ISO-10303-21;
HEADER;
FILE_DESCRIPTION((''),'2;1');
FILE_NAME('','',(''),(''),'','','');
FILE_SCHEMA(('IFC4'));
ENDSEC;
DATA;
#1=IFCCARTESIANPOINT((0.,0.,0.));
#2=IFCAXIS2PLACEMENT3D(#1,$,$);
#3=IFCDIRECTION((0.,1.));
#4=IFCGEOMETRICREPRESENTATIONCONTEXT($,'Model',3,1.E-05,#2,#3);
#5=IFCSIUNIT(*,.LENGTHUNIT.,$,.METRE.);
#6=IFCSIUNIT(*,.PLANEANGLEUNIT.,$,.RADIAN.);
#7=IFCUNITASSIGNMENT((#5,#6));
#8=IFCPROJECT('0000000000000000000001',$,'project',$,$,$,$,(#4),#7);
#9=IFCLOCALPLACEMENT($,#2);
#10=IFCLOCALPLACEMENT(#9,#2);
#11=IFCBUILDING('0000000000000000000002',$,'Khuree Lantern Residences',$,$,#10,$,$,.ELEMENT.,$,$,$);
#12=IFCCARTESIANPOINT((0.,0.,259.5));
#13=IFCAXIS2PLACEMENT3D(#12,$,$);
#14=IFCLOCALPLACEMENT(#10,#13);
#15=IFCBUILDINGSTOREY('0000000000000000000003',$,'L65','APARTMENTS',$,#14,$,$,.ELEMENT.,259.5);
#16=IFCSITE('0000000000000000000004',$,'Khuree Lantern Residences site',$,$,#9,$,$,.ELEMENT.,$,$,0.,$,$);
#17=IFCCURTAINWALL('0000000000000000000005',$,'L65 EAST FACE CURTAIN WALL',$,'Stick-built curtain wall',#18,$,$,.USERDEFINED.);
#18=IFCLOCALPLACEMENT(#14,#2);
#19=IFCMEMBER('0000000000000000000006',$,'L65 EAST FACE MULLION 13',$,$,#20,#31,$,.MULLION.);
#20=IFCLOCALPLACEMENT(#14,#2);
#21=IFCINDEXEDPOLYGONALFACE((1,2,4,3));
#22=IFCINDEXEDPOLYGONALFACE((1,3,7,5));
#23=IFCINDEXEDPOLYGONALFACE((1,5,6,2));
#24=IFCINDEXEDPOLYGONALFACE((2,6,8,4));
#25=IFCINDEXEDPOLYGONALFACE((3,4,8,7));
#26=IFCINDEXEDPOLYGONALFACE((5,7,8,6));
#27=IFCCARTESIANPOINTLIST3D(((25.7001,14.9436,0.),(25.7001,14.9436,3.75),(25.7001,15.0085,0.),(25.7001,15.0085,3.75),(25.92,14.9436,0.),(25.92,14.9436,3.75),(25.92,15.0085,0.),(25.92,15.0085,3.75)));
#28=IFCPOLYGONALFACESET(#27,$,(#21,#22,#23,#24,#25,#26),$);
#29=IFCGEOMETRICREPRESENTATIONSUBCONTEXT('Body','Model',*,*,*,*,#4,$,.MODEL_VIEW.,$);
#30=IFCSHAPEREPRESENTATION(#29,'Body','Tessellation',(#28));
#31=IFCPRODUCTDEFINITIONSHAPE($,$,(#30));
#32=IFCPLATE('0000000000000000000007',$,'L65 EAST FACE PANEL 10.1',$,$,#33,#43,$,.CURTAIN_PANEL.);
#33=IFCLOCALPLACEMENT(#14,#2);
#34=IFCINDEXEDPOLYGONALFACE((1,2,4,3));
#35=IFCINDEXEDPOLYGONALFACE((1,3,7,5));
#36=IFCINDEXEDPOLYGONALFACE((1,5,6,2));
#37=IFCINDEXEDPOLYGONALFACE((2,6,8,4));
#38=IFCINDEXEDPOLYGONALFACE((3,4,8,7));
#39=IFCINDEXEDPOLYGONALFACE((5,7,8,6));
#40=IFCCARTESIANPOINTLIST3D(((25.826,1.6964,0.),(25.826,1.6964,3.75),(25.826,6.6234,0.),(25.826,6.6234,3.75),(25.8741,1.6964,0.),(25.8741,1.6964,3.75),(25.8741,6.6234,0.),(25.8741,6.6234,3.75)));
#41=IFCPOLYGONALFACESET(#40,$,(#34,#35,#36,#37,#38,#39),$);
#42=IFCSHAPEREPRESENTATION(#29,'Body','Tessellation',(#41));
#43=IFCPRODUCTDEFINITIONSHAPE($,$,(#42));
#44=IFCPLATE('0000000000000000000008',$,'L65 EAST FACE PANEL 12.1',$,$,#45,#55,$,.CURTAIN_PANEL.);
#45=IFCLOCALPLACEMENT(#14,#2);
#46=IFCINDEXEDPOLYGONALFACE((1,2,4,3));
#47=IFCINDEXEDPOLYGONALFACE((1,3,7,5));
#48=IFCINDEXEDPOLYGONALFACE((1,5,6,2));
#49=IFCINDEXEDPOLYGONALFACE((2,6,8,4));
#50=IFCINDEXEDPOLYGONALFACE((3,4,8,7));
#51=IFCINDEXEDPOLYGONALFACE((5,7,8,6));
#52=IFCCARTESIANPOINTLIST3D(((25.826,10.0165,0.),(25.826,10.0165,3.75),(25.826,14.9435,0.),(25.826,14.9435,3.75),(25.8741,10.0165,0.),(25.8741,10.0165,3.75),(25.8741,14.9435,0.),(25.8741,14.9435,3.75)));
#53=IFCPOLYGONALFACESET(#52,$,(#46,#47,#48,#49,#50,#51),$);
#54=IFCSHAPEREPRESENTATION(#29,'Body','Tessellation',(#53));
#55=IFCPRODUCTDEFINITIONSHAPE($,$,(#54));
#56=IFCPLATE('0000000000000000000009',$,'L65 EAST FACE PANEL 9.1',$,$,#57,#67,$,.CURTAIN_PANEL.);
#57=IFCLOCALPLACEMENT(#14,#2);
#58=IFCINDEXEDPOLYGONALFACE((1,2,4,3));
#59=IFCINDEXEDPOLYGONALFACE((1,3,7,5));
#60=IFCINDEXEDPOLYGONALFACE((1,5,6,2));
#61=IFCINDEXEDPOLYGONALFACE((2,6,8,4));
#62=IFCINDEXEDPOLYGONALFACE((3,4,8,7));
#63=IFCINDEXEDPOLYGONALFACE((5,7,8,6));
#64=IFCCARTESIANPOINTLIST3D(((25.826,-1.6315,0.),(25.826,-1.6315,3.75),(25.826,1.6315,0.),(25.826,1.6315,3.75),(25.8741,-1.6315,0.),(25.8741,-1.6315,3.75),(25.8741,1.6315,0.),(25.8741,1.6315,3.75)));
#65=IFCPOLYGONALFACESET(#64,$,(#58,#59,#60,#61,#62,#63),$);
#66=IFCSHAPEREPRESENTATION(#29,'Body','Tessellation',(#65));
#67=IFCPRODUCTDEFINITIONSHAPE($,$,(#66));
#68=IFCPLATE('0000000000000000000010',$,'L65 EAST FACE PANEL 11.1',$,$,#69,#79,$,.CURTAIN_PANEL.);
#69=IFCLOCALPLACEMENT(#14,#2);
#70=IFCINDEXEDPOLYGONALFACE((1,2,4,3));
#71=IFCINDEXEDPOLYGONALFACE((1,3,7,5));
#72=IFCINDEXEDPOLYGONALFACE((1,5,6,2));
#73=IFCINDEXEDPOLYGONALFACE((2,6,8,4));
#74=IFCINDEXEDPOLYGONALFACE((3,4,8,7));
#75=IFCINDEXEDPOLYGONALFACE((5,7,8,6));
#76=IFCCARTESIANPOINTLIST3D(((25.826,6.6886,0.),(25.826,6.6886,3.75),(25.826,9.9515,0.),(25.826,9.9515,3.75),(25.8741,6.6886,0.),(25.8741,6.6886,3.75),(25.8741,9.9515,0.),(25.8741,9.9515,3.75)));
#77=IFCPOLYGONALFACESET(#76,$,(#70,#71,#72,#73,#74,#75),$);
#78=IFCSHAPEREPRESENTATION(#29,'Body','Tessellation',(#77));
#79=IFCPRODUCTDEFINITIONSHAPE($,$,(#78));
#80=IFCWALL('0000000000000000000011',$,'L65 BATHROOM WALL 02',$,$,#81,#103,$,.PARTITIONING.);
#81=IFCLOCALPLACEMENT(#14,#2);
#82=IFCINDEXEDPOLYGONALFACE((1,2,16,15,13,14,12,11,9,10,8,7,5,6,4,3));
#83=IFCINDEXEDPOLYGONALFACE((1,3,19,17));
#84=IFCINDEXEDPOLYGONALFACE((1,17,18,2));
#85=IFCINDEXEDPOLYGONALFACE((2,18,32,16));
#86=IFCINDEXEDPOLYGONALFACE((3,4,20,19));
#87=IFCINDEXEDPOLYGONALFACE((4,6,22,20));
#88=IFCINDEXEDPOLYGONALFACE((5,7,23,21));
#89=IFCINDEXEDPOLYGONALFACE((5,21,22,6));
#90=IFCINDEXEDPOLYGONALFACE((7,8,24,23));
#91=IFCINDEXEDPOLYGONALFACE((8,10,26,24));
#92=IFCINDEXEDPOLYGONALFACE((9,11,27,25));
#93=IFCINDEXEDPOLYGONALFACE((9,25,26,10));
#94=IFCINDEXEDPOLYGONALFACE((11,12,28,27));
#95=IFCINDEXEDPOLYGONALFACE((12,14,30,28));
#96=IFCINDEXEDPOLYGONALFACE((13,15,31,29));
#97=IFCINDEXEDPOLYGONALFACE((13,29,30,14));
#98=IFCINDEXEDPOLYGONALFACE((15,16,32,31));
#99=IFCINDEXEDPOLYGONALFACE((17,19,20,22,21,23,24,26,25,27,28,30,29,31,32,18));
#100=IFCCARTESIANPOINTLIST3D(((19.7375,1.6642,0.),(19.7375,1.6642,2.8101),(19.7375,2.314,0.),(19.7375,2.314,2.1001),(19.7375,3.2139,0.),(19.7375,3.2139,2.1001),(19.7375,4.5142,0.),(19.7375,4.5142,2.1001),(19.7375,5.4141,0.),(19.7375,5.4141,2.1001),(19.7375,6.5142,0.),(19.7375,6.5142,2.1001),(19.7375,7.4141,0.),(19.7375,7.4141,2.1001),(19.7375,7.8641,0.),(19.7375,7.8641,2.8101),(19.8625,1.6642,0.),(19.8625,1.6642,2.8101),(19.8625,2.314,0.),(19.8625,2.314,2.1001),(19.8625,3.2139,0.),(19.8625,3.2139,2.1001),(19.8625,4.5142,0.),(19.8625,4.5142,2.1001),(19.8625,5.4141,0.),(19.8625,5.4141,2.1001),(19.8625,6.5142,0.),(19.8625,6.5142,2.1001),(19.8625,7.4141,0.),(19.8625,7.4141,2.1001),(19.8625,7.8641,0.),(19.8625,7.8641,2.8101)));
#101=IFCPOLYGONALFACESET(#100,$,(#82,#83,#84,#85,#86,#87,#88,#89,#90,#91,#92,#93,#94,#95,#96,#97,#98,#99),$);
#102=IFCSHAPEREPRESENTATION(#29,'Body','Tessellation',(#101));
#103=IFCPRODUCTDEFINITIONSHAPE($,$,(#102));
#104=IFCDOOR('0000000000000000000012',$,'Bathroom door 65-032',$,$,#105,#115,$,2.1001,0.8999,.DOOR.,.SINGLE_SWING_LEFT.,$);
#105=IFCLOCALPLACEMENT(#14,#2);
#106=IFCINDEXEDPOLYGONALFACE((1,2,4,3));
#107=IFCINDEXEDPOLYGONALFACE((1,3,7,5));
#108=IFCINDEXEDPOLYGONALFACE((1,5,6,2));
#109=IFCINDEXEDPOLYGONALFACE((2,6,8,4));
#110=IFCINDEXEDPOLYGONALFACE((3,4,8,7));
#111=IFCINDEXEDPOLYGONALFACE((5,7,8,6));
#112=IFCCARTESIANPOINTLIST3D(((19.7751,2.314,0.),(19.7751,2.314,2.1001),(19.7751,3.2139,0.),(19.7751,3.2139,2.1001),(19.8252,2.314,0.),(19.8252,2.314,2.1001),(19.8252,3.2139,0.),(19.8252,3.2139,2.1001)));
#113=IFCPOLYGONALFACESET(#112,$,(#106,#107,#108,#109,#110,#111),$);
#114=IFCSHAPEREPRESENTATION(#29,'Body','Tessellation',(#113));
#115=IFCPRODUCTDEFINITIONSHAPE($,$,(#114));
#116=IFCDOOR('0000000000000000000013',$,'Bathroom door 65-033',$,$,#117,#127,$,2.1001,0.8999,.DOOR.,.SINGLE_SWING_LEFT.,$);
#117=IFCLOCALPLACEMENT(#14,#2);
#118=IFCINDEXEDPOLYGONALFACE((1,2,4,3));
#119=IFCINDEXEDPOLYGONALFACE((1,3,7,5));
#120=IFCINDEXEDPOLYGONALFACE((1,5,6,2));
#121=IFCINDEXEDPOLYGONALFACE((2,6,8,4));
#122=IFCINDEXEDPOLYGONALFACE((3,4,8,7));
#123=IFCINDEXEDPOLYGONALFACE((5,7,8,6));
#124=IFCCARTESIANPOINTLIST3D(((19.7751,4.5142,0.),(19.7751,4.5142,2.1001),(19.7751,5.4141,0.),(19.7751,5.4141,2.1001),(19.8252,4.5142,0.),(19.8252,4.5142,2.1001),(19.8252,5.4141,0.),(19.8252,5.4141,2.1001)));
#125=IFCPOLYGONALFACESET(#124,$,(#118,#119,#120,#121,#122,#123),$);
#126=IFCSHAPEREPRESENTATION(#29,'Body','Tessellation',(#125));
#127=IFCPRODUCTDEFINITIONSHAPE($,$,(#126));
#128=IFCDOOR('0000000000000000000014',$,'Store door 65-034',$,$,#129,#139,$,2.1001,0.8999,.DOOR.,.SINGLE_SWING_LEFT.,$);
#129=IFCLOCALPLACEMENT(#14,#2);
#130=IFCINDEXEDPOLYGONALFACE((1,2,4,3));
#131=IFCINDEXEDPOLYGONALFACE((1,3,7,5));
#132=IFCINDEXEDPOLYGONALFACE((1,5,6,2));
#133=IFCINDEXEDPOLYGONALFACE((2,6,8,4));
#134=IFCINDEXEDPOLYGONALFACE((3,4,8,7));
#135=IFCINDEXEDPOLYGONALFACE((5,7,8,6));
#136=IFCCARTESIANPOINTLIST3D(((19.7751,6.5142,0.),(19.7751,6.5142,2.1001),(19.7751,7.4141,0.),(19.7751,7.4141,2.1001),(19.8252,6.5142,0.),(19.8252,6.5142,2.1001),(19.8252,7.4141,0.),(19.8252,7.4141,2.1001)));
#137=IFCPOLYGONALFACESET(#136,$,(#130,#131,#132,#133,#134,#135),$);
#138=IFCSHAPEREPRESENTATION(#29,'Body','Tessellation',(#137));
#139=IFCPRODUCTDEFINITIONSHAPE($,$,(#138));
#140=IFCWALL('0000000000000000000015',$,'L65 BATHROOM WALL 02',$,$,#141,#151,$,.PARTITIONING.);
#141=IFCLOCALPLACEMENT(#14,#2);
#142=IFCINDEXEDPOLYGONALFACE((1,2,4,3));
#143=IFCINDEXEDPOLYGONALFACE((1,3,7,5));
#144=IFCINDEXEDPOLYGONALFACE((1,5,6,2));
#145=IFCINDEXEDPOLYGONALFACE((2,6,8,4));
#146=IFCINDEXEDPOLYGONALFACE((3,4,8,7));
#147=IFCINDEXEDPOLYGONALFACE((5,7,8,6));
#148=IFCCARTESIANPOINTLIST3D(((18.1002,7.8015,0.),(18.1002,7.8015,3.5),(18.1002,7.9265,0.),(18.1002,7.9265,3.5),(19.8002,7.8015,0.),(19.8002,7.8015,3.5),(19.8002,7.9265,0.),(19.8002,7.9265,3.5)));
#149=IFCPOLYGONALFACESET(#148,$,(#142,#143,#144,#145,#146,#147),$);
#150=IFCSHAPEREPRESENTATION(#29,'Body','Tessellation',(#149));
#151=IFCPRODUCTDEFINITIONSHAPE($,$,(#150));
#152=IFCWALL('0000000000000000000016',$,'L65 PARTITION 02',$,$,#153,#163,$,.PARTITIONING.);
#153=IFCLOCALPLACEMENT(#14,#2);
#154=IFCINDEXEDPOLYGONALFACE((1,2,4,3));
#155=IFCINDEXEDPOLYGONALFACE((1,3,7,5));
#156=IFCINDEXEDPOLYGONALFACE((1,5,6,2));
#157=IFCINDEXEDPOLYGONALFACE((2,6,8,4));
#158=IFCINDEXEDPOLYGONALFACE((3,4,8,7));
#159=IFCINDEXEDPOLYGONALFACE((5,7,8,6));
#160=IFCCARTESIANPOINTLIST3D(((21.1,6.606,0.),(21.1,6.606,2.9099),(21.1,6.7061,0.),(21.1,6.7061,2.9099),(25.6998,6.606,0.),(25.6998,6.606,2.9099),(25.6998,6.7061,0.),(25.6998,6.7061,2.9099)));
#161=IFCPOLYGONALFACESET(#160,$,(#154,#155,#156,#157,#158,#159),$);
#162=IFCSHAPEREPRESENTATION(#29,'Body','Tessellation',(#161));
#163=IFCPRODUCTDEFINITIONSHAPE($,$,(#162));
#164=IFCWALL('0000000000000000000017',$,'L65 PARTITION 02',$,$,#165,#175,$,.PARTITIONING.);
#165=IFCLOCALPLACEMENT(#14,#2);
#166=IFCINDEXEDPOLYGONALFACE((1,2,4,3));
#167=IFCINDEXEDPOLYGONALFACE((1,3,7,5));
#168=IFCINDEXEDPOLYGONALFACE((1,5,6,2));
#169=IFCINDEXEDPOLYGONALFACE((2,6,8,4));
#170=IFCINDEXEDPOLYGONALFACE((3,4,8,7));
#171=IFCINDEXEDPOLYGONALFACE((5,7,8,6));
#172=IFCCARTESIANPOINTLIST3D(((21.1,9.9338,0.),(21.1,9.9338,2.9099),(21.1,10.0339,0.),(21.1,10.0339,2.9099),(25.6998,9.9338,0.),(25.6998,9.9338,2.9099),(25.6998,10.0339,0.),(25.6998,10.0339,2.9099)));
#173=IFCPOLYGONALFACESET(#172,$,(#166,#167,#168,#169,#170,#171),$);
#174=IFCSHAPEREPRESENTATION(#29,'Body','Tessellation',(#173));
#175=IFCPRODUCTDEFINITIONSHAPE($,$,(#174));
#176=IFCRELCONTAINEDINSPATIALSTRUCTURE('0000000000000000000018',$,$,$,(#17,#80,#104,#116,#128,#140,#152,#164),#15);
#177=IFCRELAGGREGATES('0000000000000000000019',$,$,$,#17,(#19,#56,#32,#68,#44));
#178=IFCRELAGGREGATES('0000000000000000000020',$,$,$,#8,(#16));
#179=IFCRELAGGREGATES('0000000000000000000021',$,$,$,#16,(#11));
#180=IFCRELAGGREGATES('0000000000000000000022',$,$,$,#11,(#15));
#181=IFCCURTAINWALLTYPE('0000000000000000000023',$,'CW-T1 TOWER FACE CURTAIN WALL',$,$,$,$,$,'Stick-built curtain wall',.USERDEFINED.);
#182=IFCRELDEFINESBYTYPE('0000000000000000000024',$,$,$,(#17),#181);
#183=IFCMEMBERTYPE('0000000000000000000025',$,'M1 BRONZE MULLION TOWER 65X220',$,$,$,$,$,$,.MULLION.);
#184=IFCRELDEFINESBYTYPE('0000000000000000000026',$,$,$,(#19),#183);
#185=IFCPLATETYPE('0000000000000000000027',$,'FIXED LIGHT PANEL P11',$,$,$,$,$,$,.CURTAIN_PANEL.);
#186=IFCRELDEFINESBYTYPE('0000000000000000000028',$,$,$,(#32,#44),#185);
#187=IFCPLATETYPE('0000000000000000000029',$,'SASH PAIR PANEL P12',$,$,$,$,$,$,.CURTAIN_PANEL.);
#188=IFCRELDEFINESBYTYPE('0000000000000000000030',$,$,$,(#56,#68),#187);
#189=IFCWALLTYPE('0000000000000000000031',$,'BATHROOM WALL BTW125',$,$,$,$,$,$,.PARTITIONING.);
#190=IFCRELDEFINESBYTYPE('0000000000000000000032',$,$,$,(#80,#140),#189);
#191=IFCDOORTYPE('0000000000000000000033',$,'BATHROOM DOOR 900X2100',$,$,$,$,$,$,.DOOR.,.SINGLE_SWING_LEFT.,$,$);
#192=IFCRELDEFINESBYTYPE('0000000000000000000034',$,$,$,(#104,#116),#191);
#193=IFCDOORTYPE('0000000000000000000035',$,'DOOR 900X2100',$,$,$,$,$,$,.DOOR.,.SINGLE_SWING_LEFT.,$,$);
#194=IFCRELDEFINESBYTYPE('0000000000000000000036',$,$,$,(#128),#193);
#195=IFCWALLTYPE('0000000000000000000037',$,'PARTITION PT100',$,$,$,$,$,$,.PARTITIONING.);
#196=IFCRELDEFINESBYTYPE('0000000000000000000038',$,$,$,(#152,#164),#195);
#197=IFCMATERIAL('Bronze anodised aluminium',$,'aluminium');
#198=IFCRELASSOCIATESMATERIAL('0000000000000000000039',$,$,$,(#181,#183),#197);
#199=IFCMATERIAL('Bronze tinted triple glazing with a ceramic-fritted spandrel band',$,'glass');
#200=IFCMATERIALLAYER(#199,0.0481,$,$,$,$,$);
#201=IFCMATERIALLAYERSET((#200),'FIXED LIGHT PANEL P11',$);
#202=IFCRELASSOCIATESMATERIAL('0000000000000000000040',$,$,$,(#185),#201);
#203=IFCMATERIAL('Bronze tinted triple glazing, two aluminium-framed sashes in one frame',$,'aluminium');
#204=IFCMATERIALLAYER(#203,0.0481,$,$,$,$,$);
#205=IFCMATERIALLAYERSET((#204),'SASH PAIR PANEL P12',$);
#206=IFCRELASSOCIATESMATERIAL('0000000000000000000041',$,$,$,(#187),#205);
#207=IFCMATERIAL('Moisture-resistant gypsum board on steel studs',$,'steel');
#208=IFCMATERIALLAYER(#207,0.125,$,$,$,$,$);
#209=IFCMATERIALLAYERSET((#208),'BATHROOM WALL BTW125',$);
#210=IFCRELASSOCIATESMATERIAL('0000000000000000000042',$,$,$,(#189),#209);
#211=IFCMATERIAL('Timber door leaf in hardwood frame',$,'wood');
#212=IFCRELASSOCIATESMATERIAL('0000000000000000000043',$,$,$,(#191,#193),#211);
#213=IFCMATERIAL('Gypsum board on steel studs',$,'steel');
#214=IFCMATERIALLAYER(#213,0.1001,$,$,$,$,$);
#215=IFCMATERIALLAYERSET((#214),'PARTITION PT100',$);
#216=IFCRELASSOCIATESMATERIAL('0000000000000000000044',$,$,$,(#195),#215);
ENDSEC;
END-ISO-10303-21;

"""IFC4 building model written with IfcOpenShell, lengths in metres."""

from ifc_helpers import new_model, si_unit, direction, frame, frame_2d, origin, origin_2d, place, context, subcontext, project, spatial, rectangle, extrude, material, layer, layer_set, material_profile, profile_set, type_object, element, fill, aggregate, save


model = new_model("IFC4")

# Units and contexts
model_context = context("Model", 3, precision=1e-05, world=origin(), true_north=direction((0.0, 1.0)))
body_context = subcontext(model_context, "Body", "Model", "MODEL_VIEW")
ifc_project = project(units=[si_unit("LENGTHUNIT", "METRE"), si_unit("PLANEANGLEUNIT", "RADIAN")], contexts=[model_context])

# Site, building, storey
site_placement = place(None, origin())
site = spatial("IfcSite", under=ifc_project, at=site_placement, Name="Khuree Lantern Residences site", CompositionType="ELEMENT", RefElevation=0.0)
building_placement = place(site_placement, origin())
building = spatial("IfcBuilding", under=site, at=building_placement, Name="Khuree Lantern Residences", CompositionType="ELEMENT")
storey_placement = place(building_placement, frame((0.0, 0.0, 259.5)))
storey = spatial("IfcBuildingStorey", under=building, at=storey_placement, Name="L65", Description="APARTMENTS", CompositionType="ELEMENT", Elevation=259.5)

# Curtain wall
ifc_material_1 = material(Name="Bronze anodised aluminium", Category="aluminium")
curtain_wall_type = type_object("IfcCurtainWallType", Name="CW-T1 TOWER FACE CURTAIN WALL", ElementType="Stick-built curtain wall", PredefinedType="USERDEFINED", material=ifc_material_1)
curtain_wall_placement = place(storey_placement, origin())
curtain_wall = element("IfcCurtainWall", 1, at=curtain_wall_placement, inside=storey, type_object=curtain_wall_type, Name="L65 EAST FACE CURTAIN WALL", ObjectType="Stick-built curtain wall", PredefinedType="USERDEFINED")

# Member
ifc_material_profile_1 = material_profile(ifc_material_1, rectangle(XDim=0.0649, YDim=0.22, at=origin_2d()), Name="M1 65X220")
ifc_profile_set_1 = profile_set([ifc_material_profile_1], Name="Bronze anodised aluminium")
member_type_1 = type_object("IfcMemberType", Name="M1 BRONZE MULLION TOWER 65X220", PredefinedType="MULLION", material=ifc_profile_set_1)
member_1_placement = place(storey_placement, frame((25.8101, 14.9761, 0.0), z_axis=(0.0, 0.0, 1.0), x_axis=(0.0, 1.0, 0.0)))
member_1 = element("IfcMember", 2, at=member_1_placement, type_object=member_type_1, Name="L65 EAST FACE MULLION 13", PredefinedType="MULLION", context=body_context, shape_type="SweptSolid", body=[
    extrude(rectangle(XDim=0.0649, YDim=0.22, at=origin_2d()), origin(), (0.0, 0.0, 1.0), 3.75),
])

# Plates
ifc_material_2 = material(Name="Bronze tinted triple glazing with a ceramic-fritted spandrel band", Category="glass")
ifc_layer_1 = layer(ifc_material_2, 0.0481)
ifc_layer_set_1 = layer_set([ifc_layer_1], Name="FIXED LIGHT PANEL P11")
plate_type_1 = type_object("IfcPlateType", Name="FIXED LIGHT PANEL P11", PredefinedType="CURTAIN_PANEL", material=ifc_layer_set_1)
plate_1_placement = place(storey_placement, frame((25.8501, 4.1599, 0.0), z_axis=(0.0, 0.0, 1.0), x_axis=(0.0, 1.0, 0.0)))
plate_1 = element("IfcPlate", 3, at=plate_1_placement, type_object=plate_type_1, Name="L65 EAST FACE PANEL 10.1", PredefinedType="CURTAIN_PANEL", context=body_context, shape_type="SweptSolid", body=[
    extrude(rectangle(XDim=4.927, YDim=0.0481, at=origin_2d()), origin(), (0.0, 0.0, 1.0), 3.75),
])
plate_2_placement = place(storey_placement, frame((25.8501, 12.48, 0.0), z_axis=(0.0, 0.0, 1.0), x_axis=(0.0, 1.0, 0.0)))
plate_2 = element("IfcPlate", 4, at=plate_2_placement, type_object=plate_type_1, Name="L65 EAST FACE PANEL 12.1", PredefinedType="CURTAIN_PANEL", context=body_context, shape_type="SweptSolid", body=[
    extrude(rectangle(XDim=4.927, YDim=0.0481, at=origin_2d()), origin(), (0.0, 0.0, 1.0), 3.75),
])
ifc_material_3 = material(Name="Bronze tinted triple glazing, two aluminium-framed sashes in one frame", Category="aluminium")
ifc_layer_2 = layer(ifc_material_3, 0.0481)
ifc_layer_set_2 = layer_set([ifc_layer_2], Name="SASH PAIR PANEL P12")
plate_type_2 = type_object("IfcPlateType", Name="SASH PAIR PANEL P12", PredefinedType="CURTAIN_PANEL", material=ifc_layer_set_2)
plate_3_placement = place(storey_placement, frame((25.8501, 0.0, 0.0), z_axis=(0.0, 0.0, 1.0), x_axis=(0.0, 1.0, 0.0)))
plate_3 = element("IfcPlate", 5, at=plate_3_placement, type_object=plate_type_2, Name="L65 EAST FACE PANEL 9.1", PredefinedType="CURTAIN_PANEL", context=body_context, shape_type="SweptSolid", body=[
    extrude(rectangle(XDim=3.2629, YDim=0.0481, at=origin_2d()), origin(), (0.0, 0.0, 1.0), 3.75),
])
plate_4_placement = place(storey_placement, frame((25.8501, 8.3201, 0.0), z_axis=(0.0, 0.0, 1.0), x_axis=(0.0, 1.0, 0.0)))
plate_4 = element("IfcPlate", 6, at=plate_4_placement, type_object=plate_type_2, Name="L65 EAST FACE PANEL 11.1", PredefinedType="CURTAIN_PANEL", context=body_context, shape_type="SweptSolid", body=[
    extrude(rectangle(XDim=3.2629, YDim=0.0481, at=origin_2d()), origin(), (0.0, 0.0, 1.0), 3.75),
])
aggregate(curtain_wall, [member_1, plate_3, plate_1, plate_4, plate_2])

# Wall, openings, doors
ifc_material_4 = material(Name="Moisture-resistant gypsum board on steel studs", Category="steel")
ifc_layer_3 = layer(ifc_material_4, 0.125)
ifc_layer_set_3 = layer_set([ifc_layer_3], Name="BATHROOM WALL BTW125")
wall_type_1 = type_object("IfcWallType", Name="BATHROOM WALL BTW125", PredefinedType="PARTITIONING", material=ifc_layer_set_3)
wall_1_placement = place(storey_placement, frame((19.8, 1.6641, 0.0), z_axis=(0.0, 0.0, 1.0), x_axis=(0.0, 1.0, 0.0)))
wall_1 = element("IfcWall", 7, at=wall_1_placement, inside=storey, type_object=wall_type_1, Name="L65 BATHROOM WALL 02", PredefinedType="PARTITIONING", context=body_context, shape_type="SweptSolid", body=[
    extrude(rectangle(XDim=6.2, YDim=0.125, at=frame_2d((3.1001, 0.0))), origin(), (0.0, 0.0, 1.0), 2.8101),
])
opening_1_placement = place(wall_1_placement, frame((0.6499, 0.0, 0.0)))
opening_1 = element("IfcOpeningElement", 8, at=opening_1_placement, cuts=wall_1, PredefinedType="OPENING", context=body_context, shape_type="SweptSolid", body=[
    extrude(rectangle(XDim=0.8999, YDim=2.1001, at=frame_2d((0.45, 1.05))), frame((0.0, 0.0725, 0.0), z_axis=(0.0, -1.0, 0.0), x_axis=(1.0, 0.0, 0.0)), (0.0, 0.0, 1.0), 0.145),
])
opening_2_placement = place(wall_1_placement, frame((2.8501, 0.0, 0.0)))
opening_2 = element("IfcOpeningElement", 9, at=opening_2_placement, cuts=wall_1, PredefinedType="OPENING", context=body_context, shape_type="SweptSolid", body=[
    extrude(rectangle(XDim=0.8999, YDim=2.1001, at=frame_2d((0.45, 1.05))), frame((0.0, 0.0725, 0.0), z_axis=(0.0, -1.0, 0.0), x_axis=(1.0, 0.0, 0.0)), (0.0, 0.0, 1.0), 0.145),
])
opening_3_placement = place(wall_1_placement, frame((4.8501, 0.0, 0.0)))
opening_3 = element("IfcOpeningElement", 10, at=opening_3_placement, cuts=wall_1, PredefinedType="OPENING", context=body_context, shape_type="SweptSolid", body=[
    extrude(rectangle(XDim=0.8999, YDim=2.1001, at=frame_2d((0.45, 1.05))), frame((0.0, 0.0725, 0.0), z_axis=(0.0, -1.0, 0.0), x_axis=(1.0, 0.0, 0.0)), (0.0, 0.0, 1.0), 0.145),
])
ifc_material_5 = material(Name="Timber door leaf in hardwood frame", Category="wood")
door_type_1 = type_object("IfcDoorType", Name="BATHROOM DOOR 900X2100", OperationType="SINGLE_SWING_LEFT", PredefinedType="DOOR", material=ifc_material_5)
door_1_placement = place(opening_1_placement, origin())
door_1 = element("IfcDoor", 11, at=door_1_placement, inside=storey, type_object=door_type_1, Name="Bathroom door 65-032", OperationType="SINGLE_SWING_LEFT", OverallHeight=2.1001, OverallWidth=0.8999, PredefinedType="DOOR", context=body_context, shape_type="SweptSolid", body=[
    extrude(rectangle(XDim=0.8999, YDim=2.1001, at=frame_2d((0.45, 1.05))), frame((0.0, 0.0249, 0.0), z_axis=(0.0, -1.0, 0.0), x_axis=(1.0, 0.0, 0.0)), (0.0, 0.0, 1.0), 0.05),
])
fill(opening_1, door_1)
door_2_placement = place(opening_2_placement, origin())
door_2 = element("IfcDoor", 12, at=door_2_placement, inside=storey, type_object=door_type_1, Name="Bathroom door 65-033", OperationType="SINGLE_SWING_LEFT", OverallHeight=2.1001, OverallWidth=0.8999, PredefinedType="DOOR", context=body_context, shape_type="SweptSolid", body=[
    extrude(rectangle(XDim=0.8999, YDim=2.1001, at=frame_2d((0.45, 1.05))), frame((0.0, 0.0249, 0.0), z_axis=(0.0, -1.0, 0.0), x_axis=(1.0, 0.0, 0.0)), (0.0, 0.0, 1.0), 0.05),
])
fill(opening_2, door_2)
door_type_2 = type_object("IfcDoorType", Name="DOOR 900X2100", OperationType="SINGLE_SWING_LEFT", PredefinedType="DOOR", material=ifc_material_5)
door_3_placement = place(opening_3_placement, origin())
door_3 = element("IfcDoor", 13, at=door_3_placement, inside=storey, type_object=door_type_2, Name="Store door 65-034", OperationType="SINGLE_SWING_LEFT", OverallHeight=2.1001, OverallWidth=0.8999, PredefinedType="DOOR", context=body_context, shape_type="SweptSolid", body=[
    extrude(rectangle(XDim=0.8999, YDim=2.1001, at=frame_2d((0.45, 1.05))), frame((0.0, 0.0249, 0.0), z_axis=(0.0, -1.0, 0.0), x_axis=(1.0, 0.0, 0.0)), (0.0, 0.0, 1.0), 0.05),
])
fill(opening_3, door_3)

# Walls
wall_2_placement = place(storey_placement, frame((18.1001, 7.864, 0.0), z_axis=(0.0, 0.0, 1.0), x_axis=(1.0, 0.0, 0.0)))
element("IfcWall", 14, at=wall_2_placement, inside=storey, type_object=wall_type_1, Name="L65 BATHROOM WALL 02", PredefinedType="PARTITIONING", context=body_context, shape_type="SweptSolid", body=[
    extrude(rectangle(XDim=1.7, YDim=0.125, at=frame_2d((0.8501, 0.0))), origin(), (0.0, 0.0, 1.0), 3.5),
])
ifc_material_6 = material(Name="Gypsum board on steel studs", Category="steel")
ifc_layer_4 = layer(ifc_material_6, 0.1001)
ifc_layer_set_4 = layer_set([ifc_layer_4], Name="PARTITION PT100")
wall_type_2 = type_object("IfcWallType", Name="PARTITION PT100", PredefinedType="PARTITIONING", material=ifc_layer_set_4)
for number, where, z_axis, x_axis, name in (
    (15, (21.1001, 6.656, 0.0), (0.0, 0.0, 1.0), (1.0, 0.0, 0.0), "L65 PARTITION 02"),
    (16, (21.1001, 9.9839, 0.0), (0.0, 0.0, 1.0), (1.0, 0.0, 0.0), "L65 PARTITION 02"),
):
    element("IfcWall", number, at=place(storey_placement, frame(where, z_axis=z_axis, x_axis=x_axis)), inside=storey, type_object=wall_type_2, Name=name, PredefinedType="PARTITIONING", context=body_context, shape_type="SweptSolid", body=[
        extrude(rectangle(XDim=4.5999, YDim=0.1001, at=frame_2d((2.2998, 0.0))), origin(), (0.0, 0.0, 1.0), 2.9099),
    ])

save(model, "model.ifc")
